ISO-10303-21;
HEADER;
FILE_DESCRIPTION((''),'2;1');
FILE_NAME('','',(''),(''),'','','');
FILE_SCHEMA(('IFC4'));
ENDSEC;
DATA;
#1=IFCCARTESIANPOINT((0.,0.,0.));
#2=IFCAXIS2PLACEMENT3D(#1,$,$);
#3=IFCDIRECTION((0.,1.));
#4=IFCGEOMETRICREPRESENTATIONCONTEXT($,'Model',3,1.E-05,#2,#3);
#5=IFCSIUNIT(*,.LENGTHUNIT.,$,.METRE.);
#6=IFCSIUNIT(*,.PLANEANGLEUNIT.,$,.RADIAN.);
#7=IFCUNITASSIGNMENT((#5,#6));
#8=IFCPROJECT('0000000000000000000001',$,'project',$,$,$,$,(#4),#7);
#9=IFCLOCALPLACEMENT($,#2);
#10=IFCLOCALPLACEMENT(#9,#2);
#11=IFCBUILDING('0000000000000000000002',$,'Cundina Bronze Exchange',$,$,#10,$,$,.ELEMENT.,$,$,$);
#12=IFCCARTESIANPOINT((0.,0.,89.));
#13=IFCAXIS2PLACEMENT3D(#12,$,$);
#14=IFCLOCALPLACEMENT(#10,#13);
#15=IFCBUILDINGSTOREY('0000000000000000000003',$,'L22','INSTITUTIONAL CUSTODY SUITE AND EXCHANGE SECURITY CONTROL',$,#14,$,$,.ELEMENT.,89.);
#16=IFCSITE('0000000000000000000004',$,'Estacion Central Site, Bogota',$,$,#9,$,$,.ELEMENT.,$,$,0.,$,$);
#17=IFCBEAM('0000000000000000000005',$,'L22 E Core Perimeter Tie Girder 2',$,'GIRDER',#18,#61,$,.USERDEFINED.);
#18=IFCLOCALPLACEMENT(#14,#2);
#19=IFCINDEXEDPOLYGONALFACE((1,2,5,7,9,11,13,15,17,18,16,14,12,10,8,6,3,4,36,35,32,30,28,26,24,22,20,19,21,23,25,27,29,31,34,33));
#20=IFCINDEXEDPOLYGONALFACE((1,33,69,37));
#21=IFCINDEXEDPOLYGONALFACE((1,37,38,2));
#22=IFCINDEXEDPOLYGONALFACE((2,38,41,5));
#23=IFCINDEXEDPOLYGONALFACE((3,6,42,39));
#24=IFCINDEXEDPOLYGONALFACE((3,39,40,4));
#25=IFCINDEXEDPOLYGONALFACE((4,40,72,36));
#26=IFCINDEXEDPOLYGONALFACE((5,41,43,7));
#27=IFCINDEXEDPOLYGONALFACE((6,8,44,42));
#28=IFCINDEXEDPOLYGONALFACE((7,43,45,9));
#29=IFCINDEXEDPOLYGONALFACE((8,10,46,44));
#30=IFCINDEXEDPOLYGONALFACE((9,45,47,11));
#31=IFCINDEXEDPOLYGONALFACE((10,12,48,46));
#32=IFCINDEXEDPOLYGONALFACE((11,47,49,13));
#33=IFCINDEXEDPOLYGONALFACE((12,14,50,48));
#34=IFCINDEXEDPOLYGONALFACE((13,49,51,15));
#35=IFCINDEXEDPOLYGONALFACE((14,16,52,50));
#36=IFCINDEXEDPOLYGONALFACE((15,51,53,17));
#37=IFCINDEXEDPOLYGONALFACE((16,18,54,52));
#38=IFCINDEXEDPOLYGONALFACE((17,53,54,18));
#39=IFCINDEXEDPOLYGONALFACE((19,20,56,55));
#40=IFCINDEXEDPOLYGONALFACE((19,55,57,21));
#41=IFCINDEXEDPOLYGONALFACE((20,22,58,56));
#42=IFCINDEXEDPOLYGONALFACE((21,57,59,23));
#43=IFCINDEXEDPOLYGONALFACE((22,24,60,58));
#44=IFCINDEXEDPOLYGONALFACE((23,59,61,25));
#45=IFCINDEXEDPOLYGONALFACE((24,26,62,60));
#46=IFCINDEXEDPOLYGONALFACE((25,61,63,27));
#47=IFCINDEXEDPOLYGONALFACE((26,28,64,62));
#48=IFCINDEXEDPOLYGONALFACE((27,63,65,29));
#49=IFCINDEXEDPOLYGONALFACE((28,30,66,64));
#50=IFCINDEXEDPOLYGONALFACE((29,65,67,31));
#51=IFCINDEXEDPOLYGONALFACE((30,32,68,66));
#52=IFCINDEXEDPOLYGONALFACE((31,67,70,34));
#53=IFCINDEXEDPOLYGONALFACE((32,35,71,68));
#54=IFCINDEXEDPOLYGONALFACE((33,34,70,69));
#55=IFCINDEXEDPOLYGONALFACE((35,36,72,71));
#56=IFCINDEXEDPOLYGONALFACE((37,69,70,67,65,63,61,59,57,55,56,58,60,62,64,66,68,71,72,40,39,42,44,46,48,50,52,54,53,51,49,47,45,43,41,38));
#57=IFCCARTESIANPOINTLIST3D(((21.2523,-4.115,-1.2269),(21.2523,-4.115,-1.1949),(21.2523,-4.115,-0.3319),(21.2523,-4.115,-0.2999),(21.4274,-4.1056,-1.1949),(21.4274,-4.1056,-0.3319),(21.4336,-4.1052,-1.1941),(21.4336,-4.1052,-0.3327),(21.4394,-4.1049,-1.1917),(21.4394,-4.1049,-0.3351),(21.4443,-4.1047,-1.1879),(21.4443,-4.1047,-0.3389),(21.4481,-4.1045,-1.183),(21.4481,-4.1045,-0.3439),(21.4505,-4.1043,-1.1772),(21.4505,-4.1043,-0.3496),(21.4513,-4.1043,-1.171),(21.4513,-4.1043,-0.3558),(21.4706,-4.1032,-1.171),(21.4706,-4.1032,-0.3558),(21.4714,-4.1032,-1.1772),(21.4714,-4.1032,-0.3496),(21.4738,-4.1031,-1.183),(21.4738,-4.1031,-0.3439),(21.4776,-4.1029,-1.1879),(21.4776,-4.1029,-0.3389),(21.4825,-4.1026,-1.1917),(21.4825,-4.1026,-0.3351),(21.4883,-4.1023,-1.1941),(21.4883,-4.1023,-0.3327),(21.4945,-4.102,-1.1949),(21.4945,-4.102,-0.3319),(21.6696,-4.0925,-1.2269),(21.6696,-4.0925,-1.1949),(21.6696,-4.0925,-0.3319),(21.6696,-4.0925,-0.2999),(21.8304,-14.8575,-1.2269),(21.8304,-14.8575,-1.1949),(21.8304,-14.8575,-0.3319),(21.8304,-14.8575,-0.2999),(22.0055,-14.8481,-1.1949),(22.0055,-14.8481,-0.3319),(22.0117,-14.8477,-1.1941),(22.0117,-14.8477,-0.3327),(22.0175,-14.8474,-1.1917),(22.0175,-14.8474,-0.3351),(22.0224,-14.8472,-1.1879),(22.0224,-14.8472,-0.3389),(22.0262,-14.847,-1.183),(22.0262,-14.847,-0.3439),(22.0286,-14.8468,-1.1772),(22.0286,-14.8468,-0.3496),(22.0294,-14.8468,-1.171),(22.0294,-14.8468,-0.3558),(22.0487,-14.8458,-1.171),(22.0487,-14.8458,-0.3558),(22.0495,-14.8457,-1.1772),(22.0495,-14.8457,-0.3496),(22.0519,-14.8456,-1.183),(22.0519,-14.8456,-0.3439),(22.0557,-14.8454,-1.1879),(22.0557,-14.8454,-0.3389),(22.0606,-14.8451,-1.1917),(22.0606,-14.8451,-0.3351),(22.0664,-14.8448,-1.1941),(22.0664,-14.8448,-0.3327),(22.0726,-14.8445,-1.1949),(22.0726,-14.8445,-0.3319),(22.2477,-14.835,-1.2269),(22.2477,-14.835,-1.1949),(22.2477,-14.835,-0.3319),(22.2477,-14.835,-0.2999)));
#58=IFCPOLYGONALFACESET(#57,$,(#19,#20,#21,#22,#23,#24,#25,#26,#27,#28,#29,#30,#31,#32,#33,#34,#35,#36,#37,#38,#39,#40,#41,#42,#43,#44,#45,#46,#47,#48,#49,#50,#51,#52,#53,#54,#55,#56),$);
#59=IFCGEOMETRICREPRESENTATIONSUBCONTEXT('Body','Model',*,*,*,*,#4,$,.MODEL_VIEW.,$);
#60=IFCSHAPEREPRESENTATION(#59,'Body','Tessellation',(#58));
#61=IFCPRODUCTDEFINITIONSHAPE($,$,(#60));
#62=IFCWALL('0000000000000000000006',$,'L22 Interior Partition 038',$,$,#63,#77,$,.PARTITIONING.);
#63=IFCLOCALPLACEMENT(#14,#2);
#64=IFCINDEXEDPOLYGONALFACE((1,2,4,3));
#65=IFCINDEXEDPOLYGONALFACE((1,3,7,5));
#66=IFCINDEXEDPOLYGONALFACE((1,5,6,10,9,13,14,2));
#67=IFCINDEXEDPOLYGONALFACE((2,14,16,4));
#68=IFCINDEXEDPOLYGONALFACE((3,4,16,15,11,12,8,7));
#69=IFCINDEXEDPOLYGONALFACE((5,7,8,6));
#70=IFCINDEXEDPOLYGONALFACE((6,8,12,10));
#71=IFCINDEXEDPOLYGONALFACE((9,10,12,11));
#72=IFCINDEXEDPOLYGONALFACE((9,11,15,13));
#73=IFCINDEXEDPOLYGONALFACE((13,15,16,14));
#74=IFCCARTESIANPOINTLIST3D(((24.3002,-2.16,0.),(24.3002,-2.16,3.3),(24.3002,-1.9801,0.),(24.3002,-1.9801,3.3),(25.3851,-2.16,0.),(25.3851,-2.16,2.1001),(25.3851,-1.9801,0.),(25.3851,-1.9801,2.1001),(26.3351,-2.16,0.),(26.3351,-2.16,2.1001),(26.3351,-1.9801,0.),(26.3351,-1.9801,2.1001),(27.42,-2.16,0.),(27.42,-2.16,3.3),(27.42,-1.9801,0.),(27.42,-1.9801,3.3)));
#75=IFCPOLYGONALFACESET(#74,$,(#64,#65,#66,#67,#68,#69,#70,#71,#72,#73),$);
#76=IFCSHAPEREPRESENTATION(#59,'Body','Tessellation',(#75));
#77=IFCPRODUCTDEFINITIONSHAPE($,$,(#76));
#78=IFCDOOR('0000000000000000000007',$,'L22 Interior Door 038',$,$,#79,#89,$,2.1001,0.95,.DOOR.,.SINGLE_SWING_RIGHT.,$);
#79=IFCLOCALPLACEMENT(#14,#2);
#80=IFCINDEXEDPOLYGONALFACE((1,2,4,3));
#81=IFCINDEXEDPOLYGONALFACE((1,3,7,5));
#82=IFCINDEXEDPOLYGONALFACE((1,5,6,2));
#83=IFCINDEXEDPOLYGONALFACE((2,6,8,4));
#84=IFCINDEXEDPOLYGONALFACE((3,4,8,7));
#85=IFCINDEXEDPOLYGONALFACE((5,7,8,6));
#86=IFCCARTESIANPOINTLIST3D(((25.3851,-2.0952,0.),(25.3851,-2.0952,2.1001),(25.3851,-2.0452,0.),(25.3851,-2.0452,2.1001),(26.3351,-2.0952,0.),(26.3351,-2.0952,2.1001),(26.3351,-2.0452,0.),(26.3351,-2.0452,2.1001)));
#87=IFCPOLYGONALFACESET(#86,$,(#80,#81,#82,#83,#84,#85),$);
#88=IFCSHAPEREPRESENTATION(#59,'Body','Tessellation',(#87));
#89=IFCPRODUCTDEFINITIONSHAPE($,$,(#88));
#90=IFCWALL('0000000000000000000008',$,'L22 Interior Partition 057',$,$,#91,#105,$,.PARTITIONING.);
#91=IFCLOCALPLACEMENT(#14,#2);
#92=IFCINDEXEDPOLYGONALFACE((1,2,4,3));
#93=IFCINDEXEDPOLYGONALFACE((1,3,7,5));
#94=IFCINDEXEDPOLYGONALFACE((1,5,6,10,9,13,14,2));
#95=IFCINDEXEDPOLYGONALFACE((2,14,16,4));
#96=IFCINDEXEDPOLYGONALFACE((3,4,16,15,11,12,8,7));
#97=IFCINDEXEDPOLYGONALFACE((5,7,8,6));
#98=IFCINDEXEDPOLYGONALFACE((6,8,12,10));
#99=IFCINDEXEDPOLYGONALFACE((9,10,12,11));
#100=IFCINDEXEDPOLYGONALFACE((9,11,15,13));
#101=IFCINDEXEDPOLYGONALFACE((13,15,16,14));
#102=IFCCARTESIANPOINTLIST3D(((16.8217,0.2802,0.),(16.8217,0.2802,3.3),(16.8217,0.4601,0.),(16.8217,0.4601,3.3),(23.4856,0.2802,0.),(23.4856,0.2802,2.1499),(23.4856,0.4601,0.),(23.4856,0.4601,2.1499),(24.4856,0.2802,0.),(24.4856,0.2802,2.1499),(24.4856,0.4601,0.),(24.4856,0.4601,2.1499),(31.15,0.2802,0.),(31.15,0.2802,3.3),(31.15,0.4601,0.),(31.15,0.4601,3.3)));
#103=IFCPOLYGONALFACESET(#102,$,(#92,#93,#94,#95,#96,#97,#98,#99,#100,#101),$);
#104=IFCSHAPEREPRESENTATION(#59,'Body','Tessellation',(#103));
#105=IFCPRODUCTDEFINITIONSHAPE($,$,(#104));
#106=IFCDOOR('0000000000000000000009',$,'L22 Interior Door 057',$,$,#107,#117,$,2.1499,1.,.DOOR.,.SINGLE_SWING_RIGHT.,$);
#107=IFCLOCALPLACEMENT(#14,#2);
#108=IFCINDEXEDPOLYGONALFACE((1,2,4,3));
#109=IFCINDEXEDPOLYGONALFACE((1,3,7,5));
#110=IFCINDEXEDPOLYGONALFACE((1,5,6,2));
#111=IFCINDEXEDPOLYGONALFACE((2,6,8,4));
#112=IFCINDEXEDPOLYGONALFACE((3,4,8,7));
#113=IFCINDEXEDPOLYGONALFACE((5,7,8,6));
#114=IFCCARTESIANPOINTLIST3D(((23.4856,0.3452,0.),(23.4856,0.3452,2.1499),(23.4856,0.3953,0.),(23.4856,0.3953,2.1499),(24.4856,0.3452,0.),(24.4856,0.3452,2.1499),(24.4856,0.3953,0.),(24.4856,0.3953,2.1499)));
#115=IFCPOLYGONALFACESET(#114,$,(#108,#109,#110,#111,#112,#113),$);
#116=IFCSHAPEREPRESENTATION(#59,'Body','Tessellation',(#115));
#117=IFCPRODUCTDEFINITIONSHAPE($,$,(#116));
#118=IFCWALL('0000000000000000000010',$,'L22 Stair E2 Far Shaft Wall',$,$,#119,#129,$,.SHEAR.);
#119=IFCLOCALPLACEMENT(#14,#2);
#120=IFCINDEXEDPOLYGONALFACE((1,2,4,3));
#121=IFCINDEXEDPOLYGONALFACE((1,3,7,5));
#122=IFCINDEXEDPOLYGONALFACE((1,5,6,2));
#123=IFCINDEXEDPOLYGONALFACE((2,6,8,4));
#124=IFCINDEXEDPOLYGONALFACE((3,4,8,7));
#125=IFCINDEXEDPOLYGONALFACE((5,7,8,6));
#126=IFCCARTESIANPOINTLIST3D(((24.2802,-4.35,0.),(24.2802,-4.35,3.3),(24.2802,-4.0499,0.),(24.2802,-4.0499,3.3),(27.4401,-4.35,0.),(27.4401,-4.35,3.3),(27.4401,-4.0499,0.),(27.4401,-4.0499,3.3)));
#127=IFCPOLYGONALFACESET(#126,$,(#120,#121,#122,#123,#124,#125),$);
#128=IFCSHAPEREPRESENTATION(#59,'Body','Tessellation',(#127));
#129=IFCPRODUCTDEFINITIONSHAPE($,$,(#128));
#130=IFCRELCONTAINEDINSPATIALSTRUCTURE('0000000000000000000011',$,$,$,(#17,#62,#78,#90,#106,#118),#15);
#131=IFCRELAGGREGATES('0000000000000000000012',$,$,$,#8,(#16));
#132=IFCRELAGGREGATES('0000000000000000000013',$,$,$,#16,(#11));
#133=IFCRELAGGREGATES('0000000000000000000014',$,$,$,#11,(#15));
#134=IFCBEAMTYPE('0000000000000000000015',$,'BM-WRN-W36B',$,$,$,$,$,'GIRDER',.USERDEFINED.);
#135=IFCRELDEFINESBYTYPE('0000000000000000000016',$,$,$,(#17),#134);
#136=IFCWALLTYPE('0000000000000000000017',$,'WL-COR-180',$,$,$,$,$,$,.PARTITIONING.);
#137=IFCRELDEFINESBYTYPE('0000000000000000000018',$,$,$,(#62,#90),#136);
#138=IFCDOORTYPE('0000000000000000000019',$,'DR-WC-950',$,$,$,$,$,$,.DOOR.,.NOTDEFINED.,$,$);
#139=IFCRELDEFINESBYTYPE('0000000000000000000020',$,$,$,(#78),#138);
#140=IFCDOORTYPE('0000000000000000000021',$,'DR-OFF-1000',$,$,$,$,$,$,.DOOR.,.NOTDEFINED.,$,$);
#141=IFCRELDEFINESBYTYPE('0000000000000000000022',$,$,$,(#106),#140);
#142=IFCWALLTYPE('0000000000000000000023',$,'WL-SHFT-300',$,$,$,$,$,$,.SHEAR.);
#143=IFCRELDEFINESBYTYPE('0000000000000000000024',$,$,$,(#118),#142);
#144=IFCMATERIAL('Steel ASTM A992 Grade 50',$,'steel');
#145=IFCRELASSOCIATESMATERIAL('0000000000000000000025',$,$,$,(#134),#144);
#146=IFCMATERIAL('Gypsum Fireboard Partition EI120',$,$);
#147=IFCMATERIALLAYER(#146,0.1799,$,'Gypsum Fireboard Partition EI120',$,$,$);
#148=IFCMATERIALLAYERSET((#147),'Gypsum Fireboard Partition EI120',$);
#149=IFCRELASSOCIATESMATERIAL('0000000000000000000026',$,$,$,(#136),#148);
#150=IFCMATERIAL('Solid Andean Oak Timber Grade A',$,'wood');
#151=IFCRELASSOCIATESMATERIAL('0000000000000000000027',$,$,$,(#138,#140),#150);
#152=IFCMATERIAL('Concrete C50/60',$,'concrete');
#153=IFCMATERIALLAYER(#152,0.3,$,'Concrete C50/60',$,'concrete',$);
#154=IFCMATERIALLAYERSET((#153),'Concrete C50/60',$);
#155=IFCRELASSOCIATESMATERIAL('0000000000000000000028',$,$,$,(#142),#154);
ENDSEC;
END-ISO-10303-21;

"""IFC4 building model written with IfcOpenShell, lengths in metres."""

from ifc_helpers import new_model, si_unit, direction, frame, frame_2d, origin, origin_2d, place, context, subcontext, project, spatial, rectangle, i_section, extrude, material, layer, layer_set, material_profile, profile_set, type_object, element, fill, save


model = new_model("IFC4")

# Units and contexts
model_context = context("Model", 3, precision=1e-05, world=origin(), true_north=direction((0.0, 1.0)))
body_context = subcontext(model_context, "Body", "Model", "MODEL_VIEW")
ifc_project = project(units=[si_unit("LENGTHUNIT", "METRE"), si_unit("PLANEANGLEUNIT", "RADIAN")], contexts=[model_context])

# Site, building, storey
site_placement = place(None, origin())
site = spatial("IfcSite", under=ifc_project, at=site_placement, Name="Estacion Central Site, Bogota", CompositionType="ELEMENT", RefElevation=0.0)
building_placement = place(site_placement, origin())
building = spatial("IfcBuilding", under=site, at=building_placement, Name="Cundina Bronze Exchange", CompositionType="ELEMENT")
storey_placement = place(building_placement, frame((0.0, 0.0, 89.0)))
storey = spatial("IfcBuildingStorey", under=building, at=storey_placement, Name="L22", Description="INSTITUTIONAL CUSTODY SUITE AND EXCHANGE SECURITY CONTROL", CompositionType="ELEMENT", Elevation=89.0)

# Shared definitions
ifc_material_1 = material(Name="Steel ASTM A992 Grade 50", Category="steel")

# Beam
ifc_material_profile_1 = material_profile(ifc_material_1, i_section(OverallWidth=0.418, OverallDepth=0.927, WebThickness=0.0193, FlangeThickness=0.032, FilletRadius=0.0239, at=origin_2d()), Name="W36X231", Category="steel")
ifc_profile_set_1 = profile_set([ifc_material_profile_1], Name="Steel ASTM A992 Grade 50")
beam_type_1 = type_object("IfcBeamType", Name="BM-WRN-W36B", ElementType="GIRDER", PredefinedType="USERDEFINED", material=ifc_profile_set_1)
beam_1_placement = place(storey_placement, frame((21.4609, -4.1038, -0.7634), z_axis=(0.053739, -0.998555, 0.0), x_axis=(0.998555, 0.053739, 0.0)))
element("IfcBeam", 1, at=beam_1_placement, inside=storey, type_object=beam_type_1, Name="L22 E Core Perimeter Tie Girder 2", ObjectType="GIRDER", PredefinedType="USERDEFINED", context=body_context, shape_type="SweptSolid", body=[
    extrude(i_section(OverallWidth=0.418, OverallDepth=0.927, WebThickness=0.0193, FlangeThickness=0.032, FilletRadius=0.0239, at=origin_2d()), origin(), (0.0, 0.0, 1.0), 10.7581),
])

# Walls, openings, doors
ifc_material_2 = material(Name="Gypsum Fireboard Partition EI120")
ifc_layer_1 = layer(ifc_material_2, 0.1799, Name="Gypsum Fireboard Partition EI120")
ifc_layer_set_1 = layer_set([ifc_layer_1], Name="Gypsum Fireboard Partition EI120")
wall_type_1 = type_object("IfcWallType", Name="WL-COR-180", PredefinedType="PARTITIONING", material=ifc_layer_set_1)
wall_1_placement = place(storey_placement, frame((24.3, -2.0701, 0.0), z_axis=(0.0, 0.0, 1.0), x_axis=(1.0, 0.0, 0.0)))
wall_1 = element("IfcWall", 2, at=wall_1_placement, inside=storey, type_object=wall_type_1, Name="L22 Interior Partition 038", PredefinedType="PARTITIONING", context=body_context, shape_type="SweptSolid", body=[
    extrude(rectangle(XDim=3.1199, YDim=0.1799, at=frame_2d((1.5601, 0.0))), origin(), (0.0, 0.0, 1.0), 3.3),
])
opening_1_placement = place(wall_1_placement, frame((1.085, 0.0, 0.0)))
opening_1 = element("IfcOpeningElement", 3, at=opening_1_placement, cuts=wall_1, PredefinedType="OPENING", context=body_context, shape_type="SweptSolid", body=[
    extrude(rectangle(XDim=0.95, YDim=2.1001, at=frame_2d((0.4751, 1.05))), frame((0.0, 0.0999, 0.0), z_axis=(0.0, -1.0, 0.0), x_axis=(1.0, 0.0, 0.0)), (0.0, 0.0, 1.0), 0.2),
])
ifc_material_3 = material(Name="Solid Andean Oak Timber Grade A", Category="wood")
door_type_1 = type_object("IfcDoorType", Name="DR-WC-950", OperationType="NOTDEFINED", PredefinedType="DOOR", material=ifc_material_3)
door_1_placement = place(opening_1_placement, origin())
door_1 = element("IfcDoor", 4, at=door_1_placement, inside=storey, type_object=door_type_1, Name="L22 Interior Door 038", OperationType="SINGLE_SWING_RIGHT", OverallHeight=2.1001, OverallWidth=0.95, PredefinedType="DOOR", context=body_context, shape_type="SweptSolid", body=[
    extrude(rectangle(XDim=0.95, YDim=2.1001, at=frame_2d((0.4751, 1.05))), frame((0.0, 0.0249, 0.0), z_axis=(0.0, -1.0, 0.0), x_axis=(1.0, 0.0, 0.0)), (0.0, 0.0, 1.0), 0.05),
])
fill(opening_1, door_1)
wall_2_placement = place(storey_placement, frame((31.1499, 0.3701, 0.0), z_axis=(0.0, 0.0, 1.0), x_axis=(-1.0, 0.0, 0.0)))
wall_2 = element("IfcWall", 5, at=wall_2_placement, inside=storey, type_object=wall_type_1, Name="L22 Interior Partition 057", PredefinedType="PARTITIONING", context=body_context, shape_type="SweptSolid", body=[
    extrude(rectangle(XDim=14.3284, YDim=0.1799, at=frame_2d((7.1641, 0.0))), origin(), (0.0, 0.0, 1.0), 3.3),
])
opening_2_placement = place(wall_2_placement, frame((6.6643, 0.0, 0.0)))
opening_2 = element("IfcOpeningElement", 6, at=opening_2_placement, cuts=wall_2, PredefinedType="OPENING", context=body_context, shape_type="SweptSolid", body=[
    extrude(rectangle(XDim=1.0, YDim=2.1499, at=frame_2d((0.5, 1.075))), frame((0.0, 0.0999, 0.0), z_axis=(0.0, -1.0, 0.0), x_axis=(1.0, 0.0, 0.0)), (0.0, 0.0, 1.0), 0.2),
])
door_type_2 = type_object("IfcDoorType", Name="DR-OFF-1000", OperationType="NOTDEFINED", PredefinedType="DOOR", material=ifc_material_3)
door_2_placement = place(opening_2_placement, origin())
door_2 = element("IfcDoor", 7, at=door_2_placement, inside=storey, type_object=door_type_2, Name="L22 Interior Door 057", OperationType="SINGLE_SWING_RIGHT", OverallHeight=2.1499, OverallWidth=1.0, PredefinedType="DOOR", context=body_context, shape_type="SweptSolid", body=[
    extrude(rectangle(XDim=1.0, YDim=2.1499, at=frame_2d((0.5, 1.075))), frame((0.0, 0.0249, 0.0), z_axis=(0.0, -1.0, 0.0), x_axis=(1.0, 0.0, 0.0)), (0.0, 0.0, 1.0), 0.05),
])
fill(opening_2, door_2)
ifc_material_4 = material(Name="Concrete C50/60", Category="concrete")
ifc_layer_2 = layer(ifc_material_4, 0.3, Name="Concrete C50/60", Category="concrete")
ifc_layer_set_2 = layer_set([ifc_layer_2], Name="Concrete C50/60")
wall_type_2 = type_object("IfcWallType", Name="WL-SHFT-300", PredefinedType="SHEAR", material=ifc_layer_set_2)

# Wall
wall_3_placement = place(storey_placement, frame((24.28, -4.2, 0.0), z_axis=(0.0, 0.0, 1.0), x_axis=(1.0, 0.0, 0.0)))
element("IfcWall", 8, at=wall_3_placement, inside=storey, type_object=wall_type_2, Name="L22 Stair E2 Far Shaft Wall", PredefinedType="SHEAR", context=body_context, shape_type="SweptSolid", body=[
    extrude(rectangle(XDim=3.1599, YDim=0.3, at=frame_2d((1.5801, 0.0))), origin(), (0.0, 0.0, 1.0), 3.3),
])

save(model, "model.ifc")
